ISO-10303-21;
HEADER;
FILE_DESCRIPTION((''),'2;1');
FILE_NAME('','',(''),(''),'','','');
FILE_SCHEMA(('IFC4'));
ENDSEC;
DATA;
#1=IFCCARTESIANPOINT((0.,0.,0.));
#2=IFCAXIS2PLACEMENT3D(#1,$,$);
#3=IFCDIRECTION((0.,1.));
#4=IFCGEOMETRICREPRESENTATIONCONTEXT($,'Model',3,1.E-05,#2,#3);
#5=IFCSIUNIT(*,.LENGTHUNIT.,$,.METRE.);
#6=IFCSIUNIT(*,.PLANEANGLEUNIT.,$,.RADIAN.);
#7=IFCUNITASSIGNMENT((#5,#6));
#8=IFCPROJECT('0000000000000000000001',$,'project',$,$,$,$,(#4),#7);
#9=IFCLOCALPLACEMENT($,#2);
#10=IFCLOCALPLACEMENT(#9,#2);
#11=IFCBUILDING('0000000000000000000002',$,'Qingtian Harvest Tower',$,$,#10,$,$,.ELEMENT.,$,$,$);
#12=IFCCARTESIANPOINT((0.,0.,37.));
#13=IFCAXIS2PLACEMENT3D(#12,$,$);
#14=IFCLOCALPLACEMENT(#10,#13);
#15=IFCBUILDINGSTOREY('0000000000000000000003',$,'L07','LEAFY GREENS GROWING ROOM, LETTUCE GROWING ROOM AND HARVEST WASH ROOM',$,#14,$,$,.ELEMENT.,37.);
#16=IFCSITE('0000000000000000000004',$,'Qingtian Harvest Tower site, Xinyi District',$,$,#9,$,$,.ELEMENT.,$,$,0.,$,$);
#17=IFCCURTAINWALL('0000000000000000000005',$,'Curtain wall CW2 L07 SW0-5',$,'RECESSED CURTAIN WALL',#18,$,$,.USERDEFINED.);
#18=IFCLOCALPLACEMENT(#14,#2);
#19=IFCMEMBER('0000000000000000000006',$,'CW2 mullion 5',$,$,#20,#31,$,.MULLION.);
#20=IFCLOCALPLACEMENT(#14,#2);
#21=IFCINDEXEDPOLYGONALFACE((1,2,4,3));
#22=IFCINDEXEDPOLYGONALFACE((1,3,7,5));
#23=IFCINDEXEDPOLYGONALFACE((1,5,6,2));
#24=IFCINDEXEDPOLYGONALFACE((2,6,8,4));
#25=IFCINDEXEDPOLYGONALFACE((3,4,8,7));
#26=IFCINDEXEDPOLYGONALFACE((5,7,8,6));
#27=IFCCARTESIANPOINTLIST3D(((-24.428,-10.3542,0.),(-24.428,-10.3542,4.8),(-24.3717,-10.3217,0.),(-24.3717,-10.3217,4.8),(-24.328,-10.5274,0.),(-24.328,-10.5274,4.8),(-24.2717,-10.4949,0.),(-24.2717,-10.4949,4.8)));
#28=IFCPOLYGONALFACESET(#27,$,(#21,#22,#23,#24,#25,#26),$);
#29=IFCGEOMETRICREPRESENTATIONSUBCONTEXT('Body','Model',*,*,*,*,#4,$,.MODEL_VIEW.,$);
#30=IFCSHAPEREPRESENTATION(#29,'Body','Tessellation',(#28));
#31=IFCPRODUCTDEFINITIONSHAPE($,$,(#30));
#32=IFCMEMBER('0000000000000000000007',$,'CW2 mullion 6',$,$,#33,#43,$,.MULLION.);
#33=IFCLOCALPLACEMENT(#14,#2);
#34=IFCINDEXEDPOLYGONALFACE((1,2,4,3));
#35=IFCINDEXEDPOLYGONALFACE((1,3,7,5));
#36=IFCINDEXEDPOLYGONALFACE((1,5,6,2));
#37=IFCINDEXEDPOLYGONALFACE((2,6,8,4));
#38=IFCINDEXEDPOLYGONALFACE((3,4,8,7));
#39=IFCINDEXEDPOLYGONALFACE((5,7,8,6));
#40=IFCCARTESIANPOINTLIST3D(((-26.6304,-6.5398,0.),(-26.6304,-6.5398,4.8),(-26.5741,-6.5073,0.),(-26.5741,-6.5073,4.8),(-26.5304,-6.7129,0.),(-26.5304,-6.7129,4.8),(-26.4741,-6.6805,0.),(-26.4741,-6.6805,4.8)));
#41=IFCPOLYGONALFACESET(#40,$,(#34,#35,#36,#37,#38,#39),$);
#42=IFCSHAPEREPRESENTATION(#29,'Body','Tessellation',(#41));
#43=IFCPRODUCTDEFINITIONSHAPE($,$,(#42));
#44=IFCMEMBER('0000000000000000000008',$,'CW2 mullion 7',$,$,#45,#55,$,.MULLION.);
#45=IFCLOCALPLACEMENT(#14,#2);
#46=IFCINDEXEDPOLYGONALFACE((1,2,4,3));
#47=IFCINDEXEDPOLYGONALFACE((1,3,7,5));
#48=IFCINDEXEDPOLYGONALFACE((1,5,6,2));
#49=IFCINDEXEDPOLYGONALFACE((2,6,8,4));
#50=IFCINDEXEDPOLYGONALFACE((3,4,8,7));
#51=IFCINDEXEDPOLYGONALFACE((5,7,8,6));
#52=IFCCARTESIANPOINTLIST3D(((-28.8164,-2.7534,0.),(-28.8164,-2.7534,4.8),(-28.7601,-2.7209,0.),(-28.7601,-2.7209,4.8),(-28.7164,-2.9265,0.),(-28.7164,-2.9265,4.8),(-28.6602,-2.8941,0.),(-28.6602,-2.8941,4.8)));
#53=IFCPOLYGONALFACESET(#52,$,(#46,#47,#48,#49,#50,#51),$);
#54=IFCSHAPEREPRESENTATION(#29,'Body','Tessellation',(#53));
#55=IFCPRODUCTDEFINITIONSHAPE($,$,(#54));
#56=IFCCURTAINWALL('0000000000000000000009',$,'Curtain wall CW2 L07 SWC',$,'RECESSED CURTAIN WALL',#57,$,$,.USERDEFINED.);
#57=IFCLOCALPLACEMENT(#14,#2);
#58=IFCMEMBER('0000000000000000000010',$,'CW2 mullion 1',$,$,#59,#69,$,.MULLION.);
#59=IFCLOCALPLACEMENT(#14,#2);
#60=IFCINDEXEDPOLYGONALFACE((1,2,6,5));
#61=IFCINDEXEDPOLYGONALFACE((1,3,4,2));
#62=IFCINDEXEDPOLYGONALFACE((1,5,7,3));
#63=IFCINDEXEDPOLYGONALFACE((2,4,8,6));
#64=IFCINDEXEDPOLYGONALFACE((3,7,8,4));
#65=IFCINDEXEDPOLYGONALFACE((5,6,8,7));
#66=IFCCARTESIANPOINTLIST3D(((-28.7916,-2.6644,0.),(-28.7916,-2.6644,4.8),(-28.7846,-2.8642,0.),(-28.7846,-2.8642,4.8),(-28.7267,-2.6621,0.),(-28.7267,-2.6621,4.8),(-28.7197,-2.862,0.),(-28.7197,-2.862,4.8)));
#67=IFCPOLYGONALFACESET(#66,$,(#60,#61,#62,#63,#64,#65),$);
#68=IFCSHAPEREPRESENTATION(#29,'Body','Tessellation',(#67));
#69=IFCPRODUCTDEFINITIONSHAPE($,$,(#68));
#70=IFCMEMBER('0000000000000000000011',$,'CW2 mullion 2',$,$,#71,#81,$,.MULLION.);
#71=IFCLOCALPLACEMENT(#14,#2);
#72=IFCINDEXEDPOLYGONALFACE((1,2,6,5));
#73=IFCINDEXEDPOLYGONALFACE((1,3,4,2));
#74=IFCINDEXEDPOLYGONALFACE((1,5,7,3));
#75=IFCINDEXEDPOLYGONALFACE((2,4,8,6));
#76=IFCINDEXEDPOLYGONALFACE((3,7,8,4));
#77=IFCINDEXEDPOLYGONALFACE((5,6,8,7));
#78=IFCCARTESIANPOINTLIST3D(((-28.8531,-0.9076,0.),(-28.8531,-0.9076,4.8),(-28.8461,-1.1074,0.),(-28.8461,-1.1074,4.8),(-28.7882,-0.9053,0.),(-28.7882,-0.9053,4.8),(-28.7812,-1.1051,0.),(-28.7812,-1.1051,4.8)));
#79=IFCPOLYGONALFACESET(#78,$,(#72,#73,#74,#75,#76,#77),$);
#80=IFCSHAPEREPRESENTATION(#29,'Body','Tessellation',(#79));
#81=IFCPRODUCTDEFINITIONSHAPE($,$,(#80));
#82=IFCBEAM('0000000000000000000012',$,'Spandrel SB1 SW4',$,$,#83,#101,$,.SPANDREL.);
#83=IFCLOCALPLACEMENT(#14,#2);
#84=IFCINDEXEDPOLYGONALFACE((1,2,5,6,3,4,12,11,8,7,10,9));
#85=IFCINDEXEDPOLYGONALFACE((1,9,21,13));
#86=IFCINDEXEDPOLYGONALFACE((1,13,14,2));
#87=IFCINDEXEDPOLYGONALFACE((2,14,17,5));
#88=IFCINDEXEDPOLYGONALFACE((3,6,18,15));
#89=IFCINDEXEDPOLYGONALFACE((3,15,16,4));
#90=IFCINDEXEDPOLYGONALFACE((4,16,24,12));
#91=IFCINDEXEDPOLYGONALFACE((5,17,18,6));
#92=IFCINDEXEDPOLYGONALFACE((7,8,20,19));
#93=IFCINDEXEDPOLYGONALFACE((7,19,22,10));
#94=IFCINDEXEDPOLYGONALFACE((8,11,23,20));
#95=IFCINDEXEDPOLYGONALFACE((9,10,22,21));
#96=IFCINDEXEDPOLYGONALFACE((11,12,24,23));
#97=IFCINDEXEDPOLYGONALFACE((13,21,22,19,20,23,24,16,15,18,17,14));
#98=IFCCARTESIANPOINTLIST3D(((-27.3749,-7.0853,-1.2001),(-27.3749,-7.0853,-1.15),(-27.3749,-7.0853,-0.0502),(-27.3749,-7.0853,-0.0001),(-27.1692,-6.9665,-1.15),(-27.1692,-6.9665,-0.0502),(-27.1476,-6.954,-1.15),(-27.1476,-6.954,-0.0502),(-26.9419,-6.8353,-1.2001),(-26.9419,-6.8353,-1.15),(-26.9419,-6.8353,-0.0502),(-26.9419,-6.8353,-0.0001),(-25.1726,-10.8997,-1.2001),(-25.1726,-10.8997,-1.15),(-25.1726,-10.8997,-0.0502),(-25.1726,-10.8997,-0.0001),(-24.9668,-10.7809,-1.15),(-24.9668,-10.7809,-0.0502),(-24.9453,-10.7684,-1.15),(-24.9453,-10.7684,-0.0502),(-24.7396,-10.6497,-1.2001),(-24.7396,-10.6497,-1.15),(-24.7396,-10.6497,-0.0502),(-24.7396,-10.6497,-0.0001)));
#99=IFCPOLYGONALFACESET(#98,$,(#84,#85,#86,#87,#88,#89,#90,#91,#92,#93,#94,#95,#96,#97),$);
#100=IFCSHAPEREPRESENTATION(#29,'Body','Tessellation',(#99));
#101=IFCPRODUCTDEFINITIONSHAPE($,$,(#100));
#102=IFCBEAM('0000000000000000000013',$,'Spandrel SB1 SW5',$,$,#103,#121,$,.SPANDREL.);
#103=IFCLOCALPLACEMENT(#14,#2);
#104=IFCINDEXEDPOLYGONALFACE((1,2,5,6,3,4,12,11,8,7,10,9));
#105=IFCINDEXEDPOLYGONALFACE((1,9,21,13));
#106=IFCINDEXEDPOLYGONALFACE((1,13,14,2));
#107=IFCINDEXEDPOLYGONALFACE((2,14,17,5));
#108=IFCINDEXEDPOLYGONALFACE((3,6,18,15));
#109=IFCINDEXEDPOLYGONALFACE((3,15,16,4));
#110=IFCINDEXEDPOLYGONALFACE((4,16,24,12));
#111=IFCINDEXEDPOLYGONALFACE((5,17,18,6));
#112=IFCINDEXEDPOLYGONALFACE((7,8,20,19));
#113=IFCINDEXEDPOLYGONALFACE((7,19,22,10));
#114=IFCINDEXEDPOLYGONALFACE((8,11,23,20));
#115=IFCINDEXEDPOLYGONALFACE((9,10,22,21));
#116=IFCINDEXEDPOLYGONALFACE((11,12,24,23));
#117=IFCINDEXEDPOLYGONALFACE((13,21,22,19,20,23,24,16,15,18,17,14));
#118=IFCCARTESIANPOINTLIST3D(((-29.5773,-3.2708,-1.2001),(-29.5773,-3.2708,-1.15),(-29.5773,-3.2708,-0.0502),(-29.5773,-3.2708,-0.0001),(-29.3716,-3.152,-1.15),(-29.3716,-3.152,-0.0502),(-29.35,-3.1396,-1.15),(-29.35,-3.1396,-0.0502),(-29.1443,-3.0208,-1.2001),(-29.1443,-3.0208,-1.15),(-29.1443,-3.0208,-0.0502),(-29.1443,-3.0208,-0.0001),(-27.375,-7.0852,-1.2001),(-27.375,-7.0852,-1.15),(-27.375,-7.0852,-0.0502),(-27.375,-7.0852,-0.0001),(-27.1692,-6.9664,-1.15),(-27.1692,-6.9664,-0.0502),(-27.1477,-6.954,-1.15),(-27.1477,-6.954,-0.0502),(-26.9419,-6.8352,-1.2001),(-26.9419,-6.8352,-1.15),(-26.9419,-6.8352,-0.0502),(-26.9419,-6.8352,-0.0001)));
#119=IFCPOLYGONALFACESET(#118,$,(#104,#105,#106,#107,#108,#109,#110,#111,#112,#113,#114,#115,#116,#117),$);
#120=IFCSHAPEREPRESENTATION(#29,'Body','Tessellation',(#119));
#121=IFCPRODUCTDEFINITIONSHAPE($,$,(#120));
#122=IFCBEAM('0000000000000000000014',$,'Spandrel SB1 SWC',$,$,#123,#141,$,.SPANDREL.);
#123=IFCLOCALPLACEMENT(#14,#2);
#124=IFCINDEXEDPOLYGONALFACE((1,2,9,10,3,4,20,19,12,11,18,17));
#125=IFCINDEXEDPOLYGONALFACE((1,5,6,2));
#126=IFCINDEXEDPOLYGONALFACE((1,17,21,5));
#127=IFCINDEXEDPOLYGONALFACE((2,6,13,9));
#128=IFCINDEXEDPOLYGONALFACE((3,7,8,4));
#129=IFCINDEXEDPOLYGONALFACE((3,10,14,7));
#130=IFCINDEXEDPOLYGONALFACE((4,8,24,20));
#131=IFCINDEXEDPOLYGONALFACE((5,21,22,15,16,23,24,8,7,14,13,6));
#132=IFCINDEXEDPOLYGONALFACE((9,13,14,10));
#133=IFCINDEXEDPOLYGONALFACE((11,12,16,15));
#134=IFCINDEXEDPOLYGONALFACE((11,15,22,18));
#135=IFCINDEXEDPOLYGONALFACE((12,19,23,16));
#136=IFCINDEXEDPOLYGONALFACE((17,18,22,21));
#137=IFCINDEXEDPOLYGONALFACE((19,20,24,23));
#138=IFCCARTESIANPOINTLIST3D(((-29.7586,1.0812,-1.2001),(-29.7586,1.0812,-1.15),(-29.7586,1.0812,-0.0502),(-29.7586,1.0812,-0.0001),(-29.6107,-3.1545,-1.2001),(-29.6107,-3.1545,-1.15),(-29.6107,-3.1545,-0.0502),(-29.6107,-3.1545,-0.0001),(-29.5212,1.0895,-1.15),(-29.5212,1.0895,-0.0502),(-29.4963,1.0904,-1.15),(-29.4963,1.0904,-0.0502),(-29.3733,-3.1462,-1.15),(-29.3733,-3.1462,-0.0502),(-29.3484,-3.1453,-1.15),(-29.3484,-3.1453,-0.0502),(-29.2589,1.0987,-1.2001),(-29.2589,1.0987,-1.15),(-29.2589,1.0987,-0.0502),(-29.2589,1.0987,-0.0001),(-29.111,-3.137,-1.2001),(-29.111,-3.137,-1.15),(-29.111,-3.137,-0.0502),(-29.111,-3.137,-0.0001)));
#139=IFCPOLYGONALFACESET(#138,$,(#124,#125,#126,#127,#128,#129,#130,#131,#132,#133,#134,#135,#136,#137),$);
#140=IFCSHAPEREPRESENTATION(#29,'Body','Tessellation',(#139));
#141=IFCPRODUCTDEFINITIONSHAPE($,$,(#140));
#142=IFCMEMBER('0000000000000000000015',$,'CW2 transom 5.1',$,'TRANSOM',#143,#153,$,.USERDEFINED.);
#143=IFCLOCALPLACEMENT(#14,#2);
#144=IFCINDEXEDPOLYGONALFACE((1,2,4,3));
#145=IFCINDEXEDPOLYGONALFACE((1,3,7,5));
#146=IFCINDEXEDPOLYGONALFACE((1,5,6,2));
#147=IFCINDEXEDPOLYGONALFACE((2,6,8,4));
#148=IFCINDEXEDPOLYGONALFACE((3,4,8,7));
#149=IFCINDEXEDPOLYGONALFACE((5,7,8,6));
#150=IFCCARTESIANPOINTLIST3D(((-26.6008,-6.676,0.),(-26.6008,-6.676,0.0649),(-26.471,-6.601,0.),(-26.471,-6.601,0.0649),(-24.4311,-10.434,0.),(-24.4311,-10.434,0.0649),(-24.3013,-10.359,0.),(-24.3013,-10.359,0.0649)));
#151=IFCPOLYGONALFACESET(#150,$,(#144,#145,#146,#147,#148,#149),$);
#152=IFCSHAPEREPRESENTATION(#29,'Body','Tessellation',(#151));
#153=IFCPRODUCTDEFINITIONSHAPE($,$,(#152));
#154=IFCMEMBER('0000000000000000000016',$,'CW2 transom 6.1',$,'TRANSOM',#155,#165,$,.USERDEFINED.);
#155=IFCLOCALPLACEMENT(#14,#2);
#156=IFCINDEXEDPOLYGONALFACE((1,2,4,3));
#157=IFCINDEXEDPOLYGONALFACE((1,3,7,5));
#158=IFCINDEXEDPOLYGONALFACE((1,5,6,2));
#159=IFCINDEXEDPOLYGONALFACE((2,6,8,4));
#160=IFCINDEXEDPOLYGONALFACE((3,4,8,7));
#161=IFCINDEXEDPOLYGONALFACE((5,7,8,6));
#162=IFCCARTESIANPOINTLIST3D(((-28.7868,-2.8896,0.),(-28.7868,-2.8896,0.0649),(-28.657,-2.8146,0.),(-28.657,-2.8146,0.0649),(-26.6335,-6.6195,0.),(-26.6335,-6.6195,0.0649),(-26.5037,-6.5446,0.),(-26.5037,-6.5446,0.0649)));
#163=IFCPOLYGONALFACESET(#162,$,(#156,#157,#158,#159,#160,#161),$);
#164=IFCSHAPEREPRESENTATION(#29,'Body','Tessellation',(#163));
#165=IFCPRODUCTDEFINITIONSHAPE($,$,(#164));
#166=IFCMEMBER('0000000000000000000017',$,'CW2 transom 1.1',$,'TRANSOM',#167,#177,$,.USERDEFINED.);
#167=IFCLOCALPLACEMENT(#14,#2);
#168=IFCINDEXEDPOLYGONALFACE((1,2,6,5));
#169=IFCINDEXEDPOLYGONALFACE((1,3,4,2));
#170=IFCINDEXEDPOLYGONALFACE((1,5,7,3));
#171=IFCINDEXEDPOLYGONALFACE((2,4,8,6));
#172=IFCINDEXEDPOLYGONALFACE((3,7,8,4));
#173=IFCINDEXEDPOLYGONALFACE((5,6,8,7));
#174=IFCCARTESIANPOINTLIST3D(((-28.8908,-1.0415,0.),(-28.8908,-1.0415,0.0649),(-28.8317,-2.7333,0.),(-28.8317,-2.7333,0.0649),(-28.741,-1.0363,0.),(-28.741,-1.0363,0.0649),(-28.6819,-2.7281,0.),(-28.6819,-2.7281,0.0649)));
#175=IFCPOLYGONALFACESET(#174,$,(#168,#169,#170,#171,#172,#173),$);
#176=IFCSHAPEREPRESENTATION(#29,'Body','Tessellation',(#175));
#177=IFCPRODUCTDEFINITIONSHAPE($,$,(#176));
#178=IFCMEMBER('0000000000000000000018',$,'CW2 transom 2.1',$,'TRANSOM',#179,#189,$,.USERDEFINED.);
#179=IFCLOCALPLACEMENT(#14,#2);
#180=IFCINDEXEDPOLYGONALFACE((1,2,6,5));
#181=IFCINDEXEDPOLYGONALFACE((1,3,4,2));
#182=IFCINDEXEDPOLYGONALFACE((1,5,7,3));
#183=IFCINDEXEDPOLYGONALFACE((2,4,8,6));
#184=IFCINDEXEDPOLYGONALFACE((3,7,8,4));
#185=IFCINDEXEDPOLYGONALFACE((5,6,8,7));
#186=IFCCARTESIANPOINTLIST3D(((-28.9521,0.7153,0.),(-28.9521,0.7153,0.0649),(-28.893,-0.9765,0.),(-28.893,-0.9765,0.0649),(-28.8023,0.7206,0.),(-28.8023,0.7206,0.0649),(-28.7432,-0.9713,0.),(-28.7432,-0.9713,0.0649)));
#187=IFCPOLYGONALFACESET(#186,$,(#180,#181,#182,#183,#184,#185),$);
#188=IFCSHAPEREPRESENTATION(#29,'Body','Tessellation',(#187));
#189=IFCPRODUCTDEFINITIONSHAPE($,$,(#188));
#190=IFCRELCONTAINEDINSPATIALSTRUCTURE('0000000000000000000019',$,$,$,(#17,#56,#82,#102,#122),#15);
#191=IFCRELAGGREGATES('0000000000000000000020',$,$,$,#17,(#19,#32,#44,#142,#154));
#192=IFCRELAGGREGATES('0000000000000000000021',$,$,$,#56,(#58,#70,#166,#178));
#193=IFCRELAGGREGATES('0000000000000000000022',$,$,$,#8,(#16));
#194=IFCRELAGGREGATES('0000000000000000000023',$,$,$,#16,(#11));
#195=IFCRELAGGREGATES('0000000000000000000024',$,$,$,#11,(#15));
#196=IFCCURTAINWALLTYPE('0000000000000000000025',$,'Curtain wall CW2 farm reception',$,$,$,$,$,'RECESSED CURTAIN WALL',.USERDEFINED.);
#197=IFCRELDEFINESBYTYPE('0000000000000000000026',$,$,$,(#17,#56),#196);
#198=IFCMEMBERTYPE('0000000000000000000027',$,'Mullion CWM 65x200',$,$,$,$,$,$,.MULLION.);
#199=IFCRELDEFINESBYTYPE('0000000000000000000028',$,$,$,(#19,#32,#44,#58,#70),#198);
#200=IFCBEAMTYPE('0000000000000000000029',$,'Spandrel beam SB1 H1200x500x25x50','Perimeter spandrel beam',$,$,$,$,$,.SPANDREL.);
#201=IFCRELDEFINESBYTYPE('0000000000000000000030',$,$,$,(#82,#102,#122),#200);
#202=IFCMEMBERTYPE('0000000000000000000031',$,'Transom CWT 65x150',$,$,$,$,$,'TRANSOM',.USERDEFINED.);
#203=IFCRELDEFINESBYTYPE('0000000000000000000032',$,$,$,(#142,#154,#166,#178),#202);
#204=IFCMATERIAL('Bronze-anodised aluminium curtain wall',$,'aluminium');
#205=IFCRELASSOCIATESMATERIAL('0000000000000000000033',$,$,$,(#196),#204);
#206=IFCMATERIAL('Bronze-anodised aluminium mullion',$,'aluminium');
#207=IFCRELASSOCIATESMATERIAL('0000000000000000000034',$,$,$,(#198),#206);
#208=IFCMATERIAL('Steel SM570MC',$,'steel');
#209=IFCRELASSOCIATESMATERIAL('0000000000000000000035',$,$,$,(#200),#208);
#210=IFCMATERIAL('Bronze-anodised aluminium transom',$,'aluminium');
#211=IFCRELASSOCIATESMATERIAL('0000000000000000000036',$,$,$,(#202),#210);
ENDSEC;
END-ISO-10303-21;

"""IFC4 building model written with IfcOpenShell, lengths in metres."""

from ifc_helpers import new_model, si_unit, direction, frame, origin, origin_2d, place, context, subcontext, project, spatial, rectangle, i_section, extrude, material, material_profile, profile_set, type_object, element, aggregate, save


model = new_model("IFC4")

# Units and contexts
model_context = context("Model", 3, precision=1e-05, world=origin(), true_north=direction((0.0, 1.0)))
body_context = subcontext(model_context, "Body", "Model", "MODEL_VIEW")
ifc_project = project(units=[si_unit("LENGTHUNIT", "METRE"), si_unit("PLANEANGLEUNIT", "RADIAN")], contexts=[model_context])

# Site, building, storey
site_placement = place(None, origin())
site = spatial("IfcSite", under=ifc_project, at=site_placement, Name="Qingtian Harvest Tower site, Xinyi District", CompositionType="ELEMENT", RefElevation=0.0)
building_placement = place(site_placement, origin())
building = spatial("IfcBuilding", under=site, at=building_placement, Name="Qingtian Harvest Tower", CompositionType="ELEMENT")
storey_placement = place(building_placement, frame((0.0, 0.0, 37.0)))
storey = spatial("IfcBuildingStorey", under=building, at=storey_placement, Name="L07", Description="LEAFY GREENS GROWING ROOM, LETTUCE GROWING ROOM AND HARVEST WASH ROOM", CompositionType="ELEMENT", Elevation=37.0)

# Curtain walls, members
ifc_material_1 = material(Name="Bronze-anodised aluminium curtain wall", Category="aluminium")
curtain_wall_type = type_object("IfcCurtainWallType", Name="Curtain wall CW2 farm reception", ElementType="RECESSED CURTAIN WALL", PredefinedType="USERDEFINED", material=ifc_material_1)
curtain_wall_1_placement = place(storey_placement, origin())
curtain_wall_1 = element("IfcCurtainWall", 1, at=curtain_wall_1_placement, inside=storey, type_object=curtain_wall_type, Name="Curtain wall CW2 L07 SW0-5", ObjectType="RECESSED CURTAIN WALL", PredefinedType="USERDEFINED")
ifc_material_2 = material(Name="Bronze-anodised aluminium mullion", Category="aluminium")
ifc_material_profile_1 = material_profile(ifc_material_2, rectangle(XDim=0.0649, YDim=0.2, at=origin_2d()), Name="AL 65x200")
ifc_profile_set_1 = profile_set([ifc_material_profile_1], Name="Bronze-anodised aluminium mullion")
member_type_1 = type_object("IfcMemberType", Name="Mullion CWM 65x200", PredefinedType="MULLION", material=ifc_profile_set_1)
member_1_placement = place(storey_placement, frame((-24.3499, -10.4246, 0.0), z_axis=(0.0, 0.0, 1.0), x_axis=(-0.866025, -0.5, 0.0)))
member_1 = element("IfcMember", 2, at=member_1_placement, type_object=member_type_1, Name="CW2 mullion 5", PredefinedType="MULLION", context=body_context, shape_type="SweptSolid", body=[
    extrude(rectangle(XDim=0.0649, YDim=0.2, at=origin_2d()), origin(), (0.0, 0.0, 1.0), 4.8),
])
member_2_placement = place(storey_placement, frame((-26.5522, -6.6101, 0.0), z_axis=(0.0, 0.0, 1.0), x_axis=(-0.866025, -0.5, 0.0)))
member_2 = element("IfcMember", 3, at=member_2_placement, type_object=member_type_1, Name="CW2 mullion 6", PredefinedType="MULLION", context=body_context, shape_type="SweptSolid", body=[
    extrude(rectangle(XDim=0.0649, YDim=0.2, at=origin_2d()), origin(), (0.0, 0.0, 1.0), 4.8),
])
member_3_placement = place(storey_placement, frame((-28.7383, -2.8237, 0.0), z_axis=(0.0, 0.0, 1.0), x_axis=(-0.866025, -0.5, 0.0)))
member_3 = element("IfcMember", 4, at=member_3_placement, type_object=member_type_1, Name="CW2 mullion 7", PredefinedType="MULLION", context=body_context, shape_type="SweptSolid", body=[
    extrude(rectangle(XDim=0.0649, YDim=0.2, at=origin_2d()), origin(), (0.0, 0.0, 1.0), 4.8),
])
curtain_wall_2_placement = place(storey_placement, origin())
curtain_wall_2 = element("IfcCurtainWall", 5, at=curtain_wall_2_placement, inside=storey, type_object=curtain_wall_type, Name="Curtain wall CW2 L07 SWC", ObjectType="RECESSED CURTAIN WALL", PredefinedType="USERDEFINED")
member_4_placement = place(storey_placement, frame((-28.7556, -2.7632, 0.0), z_axis=(0.0, 0.0, 1.0), x_axis=(-0.999391, -0.034899, 0.0)))
member_4 = element("IfcMember", 6, at=member_4_placement, type_object=member_type_1, Name="CW2 mullion 1", PredefinedType="MULLION", context=body_context, shape_type="SweptSolid", body=[
    extrude(rectangle(XDim=0.0649, YDim=0.2, at=origin_2d()), origin(), (0.0, 0.0, 1.0), 4.8),
])
member_5_placement = place(storey_placement, frame((-28.8171, -1.0063, 0.0), z_axis=(0.0, 0.0, 1.0), x_axis=(-0.999391, -0.034899, 0.0)))
member_5 = element("IfcMember", 7, at=member_5_placement, type_object=member_type_1, Name="CW2 mullion 2", PredefinedType="MULLION", context=body_context, shape_type="SweptSolid", body=[
    extrude(rectangle(XDim=0.0649, YDim=0.2, at=origin_2d()), origin(), (0.0, 0.0, 1.0), 4.8),
])

# Beams
ifc_material_3 = material(Name="Steel SM570MC", Category="steel")
ifc_material_profile_2 = material_profile(ifc_material_3, i_section(OverallWidth=0.5, OverallDepth=1.2, WebThickness=0.0249, FlangeThickness=0.05, at=origin_2d()), Name="H1200x500x25x50")
ifc_profile_set_2 = profile_set([ifc_material_profile_2], Name="Steel SM570MC")
beam_type_1 = type_object("IfcBeamType", Name="Spandrel beam SB1 H1200x500x25x50", Description="Perimeter spandrel beam", PredefinedType="SPANDREL", material=ifc_profile_set_2)
for number, where, z_axis, x_axis, name in (
    (8, (-24.9561, -10.7747, -0.6001), (-0.50002, 0.866014, 0.0), (-0.866014, -0.50002, 0.0), "Spandrel SB1 SW4"),
    (9, (-27.1584, -6.9602, -0.6001), (-0.50002, 0.866014, 0.0), (-0.866014, -0.50002, 0.0), "Spandrel SB1 SW5"),
):
    element("IfcBeam", number, at=place(storey_placement, frame(where, z_axis=z_axis, x_axis=x_axis)), inside=storey, type_object=beam_type_1, Name=name, PredefinedType="SPANDREL", context=body_context, shape_type="SweptSolid", body=[
        extrude(i_section(OverallWidth=0.5, OverallDepth=1.2, WebThickness=0.0249, FlangeThickness=0.05, at=origin_2d()), origin(), (0.0, 0.0, 1.0), 4.4045),
    ])
beam_1_placement = place(storey_placement, frame((-29.3608, -3.1458, -0.6001), z_axis=(-0.034909, 0.999391, 0.0), x_axis=(-0.999391, -0.034909, 0.0)))
element("IfcBeam", 10, at=beam_1_placement, inside=storey, type_object=beam_type_1, Name="Spandrel SB1 SWC", PredefinedType="SPANDREL", context=body_context, shape_type="SweptSolid", body=[
    extrude(i_section(OverallWidth=0.5, OverallDepth=1.2, WebThickness=0.0249, FlangeThickness=0.05, at=origin_2d()), origin(), (0.0, 0.0, 1.0), 4.2383),
])

# Members
ifc_material_4 = material(Name="Bronze-anodised aluminium transom", Category="aluminium")
ifc_material_profile_3 = material_profile(ifc_material_4, rectangle(XDim=0.1499, YDim=0.0649, at=origin_2d()), Name="AL 65x150")
ifc_profile_set_3 = profile_set([ifc_material_profile_3], Name="Bronze-anodised aluminium transom")
member_type_2 = type_object("IfcMemberType", Name="Transom CWT 65x150", ElementType="TRANSOM", PredefinedType="USERDEFINED", material=ifc_profile_set_3)
member_6_placement = place(storey_placement, frame((-24.3662, -10.3965, 0.0325), z_axis=(-0.499994, 0.866029, 0.0), x_axis=(-0.866029, -0.499994, 0.0)))
member_6 = element("IfcMember", 11, at=member_6_placement, type_object=member_type_2, Name="CW2 transom 5.1", ObjectType="TRANSOM", PredefinedType="USERDEFINED", context=body_context, shape_type="SweptSolid", body=[
    extrude(rectangle(XDim=0.1499, YDim=0.0649, at=origin_2d()), origin(), (0.0, 0.0, 1.0), 4.3394),
])
member_7_placement = place(storey_placement, frame((-26.5686, -6.582, 0.0325), z_axis=(-0.499968, 0.866044, 0.0), x_axis=(-0.866044, -0.499968, 0.0)))
member_7 = element("IfcMember", 12, at=member_7_placement, type_object=member_type_2, Name="CW2 transom 6.1", ObjectType="TRANSOM", PredefinedType="USERDEFINED", context=body_context, shape_type="SweptSolid", body=[
    extrude(rectangle(XDim=0.1499, YDim=0.0649, at=origin_2d()), origin(), (0.0, 0.0, 1.0), 4.3069),
])
member_8_placement = place(storey_placement, frame((-28.7568, -2.7307, 0.0325), z_axis=(-0.034899, 0.999391, 0.0), x_axis=(-0.999391, -0.034899, 0.0)))
member_8 = element("IfcMember", 13, at=member_8_placement, type_object=member_type_2, Name="CW2 transom 1.1", ObjectType="TRANSOM", PredefinedType="USERDEFINED", context=body_context, shape_type="SweptSolid", body=[
    extrude(rectangle(XDim=0.1499, YDim=0.0649, at=origin_2d()), origin(), (0.0, 0.0, 1.0), 1.6929),
])
member_9_placement = place(storey_placement, frame((-28.8181, -0.9739, 0.0325), z_axis=(-0.034899, 0.999391, 0.0), x_axis=(-0.999391, -0.034899, 0.0)))
member_9 = element("IfcMember", 14, at=member_9_placement, type_object=member_type_2, Name="CW2 transom 2.1", ObjectType="TRANSOM", PredefinedType="USERDEFINED", context=body_context, shape_type="SweptSolid", body=[
    extrude(rectangle(XDim=0.1499, YDim=0.0649, at=origin_2d()), origin(), (0.0, 0.0, 1.0), 1.6929),
])

aggregate(curtain_wall_1, [member_1, member_2, member_3, member_6, member_7])
aggregate(curtain_wall_2, [member_4, member_5, member_8, member_9])

save(model, "model.ifc")
